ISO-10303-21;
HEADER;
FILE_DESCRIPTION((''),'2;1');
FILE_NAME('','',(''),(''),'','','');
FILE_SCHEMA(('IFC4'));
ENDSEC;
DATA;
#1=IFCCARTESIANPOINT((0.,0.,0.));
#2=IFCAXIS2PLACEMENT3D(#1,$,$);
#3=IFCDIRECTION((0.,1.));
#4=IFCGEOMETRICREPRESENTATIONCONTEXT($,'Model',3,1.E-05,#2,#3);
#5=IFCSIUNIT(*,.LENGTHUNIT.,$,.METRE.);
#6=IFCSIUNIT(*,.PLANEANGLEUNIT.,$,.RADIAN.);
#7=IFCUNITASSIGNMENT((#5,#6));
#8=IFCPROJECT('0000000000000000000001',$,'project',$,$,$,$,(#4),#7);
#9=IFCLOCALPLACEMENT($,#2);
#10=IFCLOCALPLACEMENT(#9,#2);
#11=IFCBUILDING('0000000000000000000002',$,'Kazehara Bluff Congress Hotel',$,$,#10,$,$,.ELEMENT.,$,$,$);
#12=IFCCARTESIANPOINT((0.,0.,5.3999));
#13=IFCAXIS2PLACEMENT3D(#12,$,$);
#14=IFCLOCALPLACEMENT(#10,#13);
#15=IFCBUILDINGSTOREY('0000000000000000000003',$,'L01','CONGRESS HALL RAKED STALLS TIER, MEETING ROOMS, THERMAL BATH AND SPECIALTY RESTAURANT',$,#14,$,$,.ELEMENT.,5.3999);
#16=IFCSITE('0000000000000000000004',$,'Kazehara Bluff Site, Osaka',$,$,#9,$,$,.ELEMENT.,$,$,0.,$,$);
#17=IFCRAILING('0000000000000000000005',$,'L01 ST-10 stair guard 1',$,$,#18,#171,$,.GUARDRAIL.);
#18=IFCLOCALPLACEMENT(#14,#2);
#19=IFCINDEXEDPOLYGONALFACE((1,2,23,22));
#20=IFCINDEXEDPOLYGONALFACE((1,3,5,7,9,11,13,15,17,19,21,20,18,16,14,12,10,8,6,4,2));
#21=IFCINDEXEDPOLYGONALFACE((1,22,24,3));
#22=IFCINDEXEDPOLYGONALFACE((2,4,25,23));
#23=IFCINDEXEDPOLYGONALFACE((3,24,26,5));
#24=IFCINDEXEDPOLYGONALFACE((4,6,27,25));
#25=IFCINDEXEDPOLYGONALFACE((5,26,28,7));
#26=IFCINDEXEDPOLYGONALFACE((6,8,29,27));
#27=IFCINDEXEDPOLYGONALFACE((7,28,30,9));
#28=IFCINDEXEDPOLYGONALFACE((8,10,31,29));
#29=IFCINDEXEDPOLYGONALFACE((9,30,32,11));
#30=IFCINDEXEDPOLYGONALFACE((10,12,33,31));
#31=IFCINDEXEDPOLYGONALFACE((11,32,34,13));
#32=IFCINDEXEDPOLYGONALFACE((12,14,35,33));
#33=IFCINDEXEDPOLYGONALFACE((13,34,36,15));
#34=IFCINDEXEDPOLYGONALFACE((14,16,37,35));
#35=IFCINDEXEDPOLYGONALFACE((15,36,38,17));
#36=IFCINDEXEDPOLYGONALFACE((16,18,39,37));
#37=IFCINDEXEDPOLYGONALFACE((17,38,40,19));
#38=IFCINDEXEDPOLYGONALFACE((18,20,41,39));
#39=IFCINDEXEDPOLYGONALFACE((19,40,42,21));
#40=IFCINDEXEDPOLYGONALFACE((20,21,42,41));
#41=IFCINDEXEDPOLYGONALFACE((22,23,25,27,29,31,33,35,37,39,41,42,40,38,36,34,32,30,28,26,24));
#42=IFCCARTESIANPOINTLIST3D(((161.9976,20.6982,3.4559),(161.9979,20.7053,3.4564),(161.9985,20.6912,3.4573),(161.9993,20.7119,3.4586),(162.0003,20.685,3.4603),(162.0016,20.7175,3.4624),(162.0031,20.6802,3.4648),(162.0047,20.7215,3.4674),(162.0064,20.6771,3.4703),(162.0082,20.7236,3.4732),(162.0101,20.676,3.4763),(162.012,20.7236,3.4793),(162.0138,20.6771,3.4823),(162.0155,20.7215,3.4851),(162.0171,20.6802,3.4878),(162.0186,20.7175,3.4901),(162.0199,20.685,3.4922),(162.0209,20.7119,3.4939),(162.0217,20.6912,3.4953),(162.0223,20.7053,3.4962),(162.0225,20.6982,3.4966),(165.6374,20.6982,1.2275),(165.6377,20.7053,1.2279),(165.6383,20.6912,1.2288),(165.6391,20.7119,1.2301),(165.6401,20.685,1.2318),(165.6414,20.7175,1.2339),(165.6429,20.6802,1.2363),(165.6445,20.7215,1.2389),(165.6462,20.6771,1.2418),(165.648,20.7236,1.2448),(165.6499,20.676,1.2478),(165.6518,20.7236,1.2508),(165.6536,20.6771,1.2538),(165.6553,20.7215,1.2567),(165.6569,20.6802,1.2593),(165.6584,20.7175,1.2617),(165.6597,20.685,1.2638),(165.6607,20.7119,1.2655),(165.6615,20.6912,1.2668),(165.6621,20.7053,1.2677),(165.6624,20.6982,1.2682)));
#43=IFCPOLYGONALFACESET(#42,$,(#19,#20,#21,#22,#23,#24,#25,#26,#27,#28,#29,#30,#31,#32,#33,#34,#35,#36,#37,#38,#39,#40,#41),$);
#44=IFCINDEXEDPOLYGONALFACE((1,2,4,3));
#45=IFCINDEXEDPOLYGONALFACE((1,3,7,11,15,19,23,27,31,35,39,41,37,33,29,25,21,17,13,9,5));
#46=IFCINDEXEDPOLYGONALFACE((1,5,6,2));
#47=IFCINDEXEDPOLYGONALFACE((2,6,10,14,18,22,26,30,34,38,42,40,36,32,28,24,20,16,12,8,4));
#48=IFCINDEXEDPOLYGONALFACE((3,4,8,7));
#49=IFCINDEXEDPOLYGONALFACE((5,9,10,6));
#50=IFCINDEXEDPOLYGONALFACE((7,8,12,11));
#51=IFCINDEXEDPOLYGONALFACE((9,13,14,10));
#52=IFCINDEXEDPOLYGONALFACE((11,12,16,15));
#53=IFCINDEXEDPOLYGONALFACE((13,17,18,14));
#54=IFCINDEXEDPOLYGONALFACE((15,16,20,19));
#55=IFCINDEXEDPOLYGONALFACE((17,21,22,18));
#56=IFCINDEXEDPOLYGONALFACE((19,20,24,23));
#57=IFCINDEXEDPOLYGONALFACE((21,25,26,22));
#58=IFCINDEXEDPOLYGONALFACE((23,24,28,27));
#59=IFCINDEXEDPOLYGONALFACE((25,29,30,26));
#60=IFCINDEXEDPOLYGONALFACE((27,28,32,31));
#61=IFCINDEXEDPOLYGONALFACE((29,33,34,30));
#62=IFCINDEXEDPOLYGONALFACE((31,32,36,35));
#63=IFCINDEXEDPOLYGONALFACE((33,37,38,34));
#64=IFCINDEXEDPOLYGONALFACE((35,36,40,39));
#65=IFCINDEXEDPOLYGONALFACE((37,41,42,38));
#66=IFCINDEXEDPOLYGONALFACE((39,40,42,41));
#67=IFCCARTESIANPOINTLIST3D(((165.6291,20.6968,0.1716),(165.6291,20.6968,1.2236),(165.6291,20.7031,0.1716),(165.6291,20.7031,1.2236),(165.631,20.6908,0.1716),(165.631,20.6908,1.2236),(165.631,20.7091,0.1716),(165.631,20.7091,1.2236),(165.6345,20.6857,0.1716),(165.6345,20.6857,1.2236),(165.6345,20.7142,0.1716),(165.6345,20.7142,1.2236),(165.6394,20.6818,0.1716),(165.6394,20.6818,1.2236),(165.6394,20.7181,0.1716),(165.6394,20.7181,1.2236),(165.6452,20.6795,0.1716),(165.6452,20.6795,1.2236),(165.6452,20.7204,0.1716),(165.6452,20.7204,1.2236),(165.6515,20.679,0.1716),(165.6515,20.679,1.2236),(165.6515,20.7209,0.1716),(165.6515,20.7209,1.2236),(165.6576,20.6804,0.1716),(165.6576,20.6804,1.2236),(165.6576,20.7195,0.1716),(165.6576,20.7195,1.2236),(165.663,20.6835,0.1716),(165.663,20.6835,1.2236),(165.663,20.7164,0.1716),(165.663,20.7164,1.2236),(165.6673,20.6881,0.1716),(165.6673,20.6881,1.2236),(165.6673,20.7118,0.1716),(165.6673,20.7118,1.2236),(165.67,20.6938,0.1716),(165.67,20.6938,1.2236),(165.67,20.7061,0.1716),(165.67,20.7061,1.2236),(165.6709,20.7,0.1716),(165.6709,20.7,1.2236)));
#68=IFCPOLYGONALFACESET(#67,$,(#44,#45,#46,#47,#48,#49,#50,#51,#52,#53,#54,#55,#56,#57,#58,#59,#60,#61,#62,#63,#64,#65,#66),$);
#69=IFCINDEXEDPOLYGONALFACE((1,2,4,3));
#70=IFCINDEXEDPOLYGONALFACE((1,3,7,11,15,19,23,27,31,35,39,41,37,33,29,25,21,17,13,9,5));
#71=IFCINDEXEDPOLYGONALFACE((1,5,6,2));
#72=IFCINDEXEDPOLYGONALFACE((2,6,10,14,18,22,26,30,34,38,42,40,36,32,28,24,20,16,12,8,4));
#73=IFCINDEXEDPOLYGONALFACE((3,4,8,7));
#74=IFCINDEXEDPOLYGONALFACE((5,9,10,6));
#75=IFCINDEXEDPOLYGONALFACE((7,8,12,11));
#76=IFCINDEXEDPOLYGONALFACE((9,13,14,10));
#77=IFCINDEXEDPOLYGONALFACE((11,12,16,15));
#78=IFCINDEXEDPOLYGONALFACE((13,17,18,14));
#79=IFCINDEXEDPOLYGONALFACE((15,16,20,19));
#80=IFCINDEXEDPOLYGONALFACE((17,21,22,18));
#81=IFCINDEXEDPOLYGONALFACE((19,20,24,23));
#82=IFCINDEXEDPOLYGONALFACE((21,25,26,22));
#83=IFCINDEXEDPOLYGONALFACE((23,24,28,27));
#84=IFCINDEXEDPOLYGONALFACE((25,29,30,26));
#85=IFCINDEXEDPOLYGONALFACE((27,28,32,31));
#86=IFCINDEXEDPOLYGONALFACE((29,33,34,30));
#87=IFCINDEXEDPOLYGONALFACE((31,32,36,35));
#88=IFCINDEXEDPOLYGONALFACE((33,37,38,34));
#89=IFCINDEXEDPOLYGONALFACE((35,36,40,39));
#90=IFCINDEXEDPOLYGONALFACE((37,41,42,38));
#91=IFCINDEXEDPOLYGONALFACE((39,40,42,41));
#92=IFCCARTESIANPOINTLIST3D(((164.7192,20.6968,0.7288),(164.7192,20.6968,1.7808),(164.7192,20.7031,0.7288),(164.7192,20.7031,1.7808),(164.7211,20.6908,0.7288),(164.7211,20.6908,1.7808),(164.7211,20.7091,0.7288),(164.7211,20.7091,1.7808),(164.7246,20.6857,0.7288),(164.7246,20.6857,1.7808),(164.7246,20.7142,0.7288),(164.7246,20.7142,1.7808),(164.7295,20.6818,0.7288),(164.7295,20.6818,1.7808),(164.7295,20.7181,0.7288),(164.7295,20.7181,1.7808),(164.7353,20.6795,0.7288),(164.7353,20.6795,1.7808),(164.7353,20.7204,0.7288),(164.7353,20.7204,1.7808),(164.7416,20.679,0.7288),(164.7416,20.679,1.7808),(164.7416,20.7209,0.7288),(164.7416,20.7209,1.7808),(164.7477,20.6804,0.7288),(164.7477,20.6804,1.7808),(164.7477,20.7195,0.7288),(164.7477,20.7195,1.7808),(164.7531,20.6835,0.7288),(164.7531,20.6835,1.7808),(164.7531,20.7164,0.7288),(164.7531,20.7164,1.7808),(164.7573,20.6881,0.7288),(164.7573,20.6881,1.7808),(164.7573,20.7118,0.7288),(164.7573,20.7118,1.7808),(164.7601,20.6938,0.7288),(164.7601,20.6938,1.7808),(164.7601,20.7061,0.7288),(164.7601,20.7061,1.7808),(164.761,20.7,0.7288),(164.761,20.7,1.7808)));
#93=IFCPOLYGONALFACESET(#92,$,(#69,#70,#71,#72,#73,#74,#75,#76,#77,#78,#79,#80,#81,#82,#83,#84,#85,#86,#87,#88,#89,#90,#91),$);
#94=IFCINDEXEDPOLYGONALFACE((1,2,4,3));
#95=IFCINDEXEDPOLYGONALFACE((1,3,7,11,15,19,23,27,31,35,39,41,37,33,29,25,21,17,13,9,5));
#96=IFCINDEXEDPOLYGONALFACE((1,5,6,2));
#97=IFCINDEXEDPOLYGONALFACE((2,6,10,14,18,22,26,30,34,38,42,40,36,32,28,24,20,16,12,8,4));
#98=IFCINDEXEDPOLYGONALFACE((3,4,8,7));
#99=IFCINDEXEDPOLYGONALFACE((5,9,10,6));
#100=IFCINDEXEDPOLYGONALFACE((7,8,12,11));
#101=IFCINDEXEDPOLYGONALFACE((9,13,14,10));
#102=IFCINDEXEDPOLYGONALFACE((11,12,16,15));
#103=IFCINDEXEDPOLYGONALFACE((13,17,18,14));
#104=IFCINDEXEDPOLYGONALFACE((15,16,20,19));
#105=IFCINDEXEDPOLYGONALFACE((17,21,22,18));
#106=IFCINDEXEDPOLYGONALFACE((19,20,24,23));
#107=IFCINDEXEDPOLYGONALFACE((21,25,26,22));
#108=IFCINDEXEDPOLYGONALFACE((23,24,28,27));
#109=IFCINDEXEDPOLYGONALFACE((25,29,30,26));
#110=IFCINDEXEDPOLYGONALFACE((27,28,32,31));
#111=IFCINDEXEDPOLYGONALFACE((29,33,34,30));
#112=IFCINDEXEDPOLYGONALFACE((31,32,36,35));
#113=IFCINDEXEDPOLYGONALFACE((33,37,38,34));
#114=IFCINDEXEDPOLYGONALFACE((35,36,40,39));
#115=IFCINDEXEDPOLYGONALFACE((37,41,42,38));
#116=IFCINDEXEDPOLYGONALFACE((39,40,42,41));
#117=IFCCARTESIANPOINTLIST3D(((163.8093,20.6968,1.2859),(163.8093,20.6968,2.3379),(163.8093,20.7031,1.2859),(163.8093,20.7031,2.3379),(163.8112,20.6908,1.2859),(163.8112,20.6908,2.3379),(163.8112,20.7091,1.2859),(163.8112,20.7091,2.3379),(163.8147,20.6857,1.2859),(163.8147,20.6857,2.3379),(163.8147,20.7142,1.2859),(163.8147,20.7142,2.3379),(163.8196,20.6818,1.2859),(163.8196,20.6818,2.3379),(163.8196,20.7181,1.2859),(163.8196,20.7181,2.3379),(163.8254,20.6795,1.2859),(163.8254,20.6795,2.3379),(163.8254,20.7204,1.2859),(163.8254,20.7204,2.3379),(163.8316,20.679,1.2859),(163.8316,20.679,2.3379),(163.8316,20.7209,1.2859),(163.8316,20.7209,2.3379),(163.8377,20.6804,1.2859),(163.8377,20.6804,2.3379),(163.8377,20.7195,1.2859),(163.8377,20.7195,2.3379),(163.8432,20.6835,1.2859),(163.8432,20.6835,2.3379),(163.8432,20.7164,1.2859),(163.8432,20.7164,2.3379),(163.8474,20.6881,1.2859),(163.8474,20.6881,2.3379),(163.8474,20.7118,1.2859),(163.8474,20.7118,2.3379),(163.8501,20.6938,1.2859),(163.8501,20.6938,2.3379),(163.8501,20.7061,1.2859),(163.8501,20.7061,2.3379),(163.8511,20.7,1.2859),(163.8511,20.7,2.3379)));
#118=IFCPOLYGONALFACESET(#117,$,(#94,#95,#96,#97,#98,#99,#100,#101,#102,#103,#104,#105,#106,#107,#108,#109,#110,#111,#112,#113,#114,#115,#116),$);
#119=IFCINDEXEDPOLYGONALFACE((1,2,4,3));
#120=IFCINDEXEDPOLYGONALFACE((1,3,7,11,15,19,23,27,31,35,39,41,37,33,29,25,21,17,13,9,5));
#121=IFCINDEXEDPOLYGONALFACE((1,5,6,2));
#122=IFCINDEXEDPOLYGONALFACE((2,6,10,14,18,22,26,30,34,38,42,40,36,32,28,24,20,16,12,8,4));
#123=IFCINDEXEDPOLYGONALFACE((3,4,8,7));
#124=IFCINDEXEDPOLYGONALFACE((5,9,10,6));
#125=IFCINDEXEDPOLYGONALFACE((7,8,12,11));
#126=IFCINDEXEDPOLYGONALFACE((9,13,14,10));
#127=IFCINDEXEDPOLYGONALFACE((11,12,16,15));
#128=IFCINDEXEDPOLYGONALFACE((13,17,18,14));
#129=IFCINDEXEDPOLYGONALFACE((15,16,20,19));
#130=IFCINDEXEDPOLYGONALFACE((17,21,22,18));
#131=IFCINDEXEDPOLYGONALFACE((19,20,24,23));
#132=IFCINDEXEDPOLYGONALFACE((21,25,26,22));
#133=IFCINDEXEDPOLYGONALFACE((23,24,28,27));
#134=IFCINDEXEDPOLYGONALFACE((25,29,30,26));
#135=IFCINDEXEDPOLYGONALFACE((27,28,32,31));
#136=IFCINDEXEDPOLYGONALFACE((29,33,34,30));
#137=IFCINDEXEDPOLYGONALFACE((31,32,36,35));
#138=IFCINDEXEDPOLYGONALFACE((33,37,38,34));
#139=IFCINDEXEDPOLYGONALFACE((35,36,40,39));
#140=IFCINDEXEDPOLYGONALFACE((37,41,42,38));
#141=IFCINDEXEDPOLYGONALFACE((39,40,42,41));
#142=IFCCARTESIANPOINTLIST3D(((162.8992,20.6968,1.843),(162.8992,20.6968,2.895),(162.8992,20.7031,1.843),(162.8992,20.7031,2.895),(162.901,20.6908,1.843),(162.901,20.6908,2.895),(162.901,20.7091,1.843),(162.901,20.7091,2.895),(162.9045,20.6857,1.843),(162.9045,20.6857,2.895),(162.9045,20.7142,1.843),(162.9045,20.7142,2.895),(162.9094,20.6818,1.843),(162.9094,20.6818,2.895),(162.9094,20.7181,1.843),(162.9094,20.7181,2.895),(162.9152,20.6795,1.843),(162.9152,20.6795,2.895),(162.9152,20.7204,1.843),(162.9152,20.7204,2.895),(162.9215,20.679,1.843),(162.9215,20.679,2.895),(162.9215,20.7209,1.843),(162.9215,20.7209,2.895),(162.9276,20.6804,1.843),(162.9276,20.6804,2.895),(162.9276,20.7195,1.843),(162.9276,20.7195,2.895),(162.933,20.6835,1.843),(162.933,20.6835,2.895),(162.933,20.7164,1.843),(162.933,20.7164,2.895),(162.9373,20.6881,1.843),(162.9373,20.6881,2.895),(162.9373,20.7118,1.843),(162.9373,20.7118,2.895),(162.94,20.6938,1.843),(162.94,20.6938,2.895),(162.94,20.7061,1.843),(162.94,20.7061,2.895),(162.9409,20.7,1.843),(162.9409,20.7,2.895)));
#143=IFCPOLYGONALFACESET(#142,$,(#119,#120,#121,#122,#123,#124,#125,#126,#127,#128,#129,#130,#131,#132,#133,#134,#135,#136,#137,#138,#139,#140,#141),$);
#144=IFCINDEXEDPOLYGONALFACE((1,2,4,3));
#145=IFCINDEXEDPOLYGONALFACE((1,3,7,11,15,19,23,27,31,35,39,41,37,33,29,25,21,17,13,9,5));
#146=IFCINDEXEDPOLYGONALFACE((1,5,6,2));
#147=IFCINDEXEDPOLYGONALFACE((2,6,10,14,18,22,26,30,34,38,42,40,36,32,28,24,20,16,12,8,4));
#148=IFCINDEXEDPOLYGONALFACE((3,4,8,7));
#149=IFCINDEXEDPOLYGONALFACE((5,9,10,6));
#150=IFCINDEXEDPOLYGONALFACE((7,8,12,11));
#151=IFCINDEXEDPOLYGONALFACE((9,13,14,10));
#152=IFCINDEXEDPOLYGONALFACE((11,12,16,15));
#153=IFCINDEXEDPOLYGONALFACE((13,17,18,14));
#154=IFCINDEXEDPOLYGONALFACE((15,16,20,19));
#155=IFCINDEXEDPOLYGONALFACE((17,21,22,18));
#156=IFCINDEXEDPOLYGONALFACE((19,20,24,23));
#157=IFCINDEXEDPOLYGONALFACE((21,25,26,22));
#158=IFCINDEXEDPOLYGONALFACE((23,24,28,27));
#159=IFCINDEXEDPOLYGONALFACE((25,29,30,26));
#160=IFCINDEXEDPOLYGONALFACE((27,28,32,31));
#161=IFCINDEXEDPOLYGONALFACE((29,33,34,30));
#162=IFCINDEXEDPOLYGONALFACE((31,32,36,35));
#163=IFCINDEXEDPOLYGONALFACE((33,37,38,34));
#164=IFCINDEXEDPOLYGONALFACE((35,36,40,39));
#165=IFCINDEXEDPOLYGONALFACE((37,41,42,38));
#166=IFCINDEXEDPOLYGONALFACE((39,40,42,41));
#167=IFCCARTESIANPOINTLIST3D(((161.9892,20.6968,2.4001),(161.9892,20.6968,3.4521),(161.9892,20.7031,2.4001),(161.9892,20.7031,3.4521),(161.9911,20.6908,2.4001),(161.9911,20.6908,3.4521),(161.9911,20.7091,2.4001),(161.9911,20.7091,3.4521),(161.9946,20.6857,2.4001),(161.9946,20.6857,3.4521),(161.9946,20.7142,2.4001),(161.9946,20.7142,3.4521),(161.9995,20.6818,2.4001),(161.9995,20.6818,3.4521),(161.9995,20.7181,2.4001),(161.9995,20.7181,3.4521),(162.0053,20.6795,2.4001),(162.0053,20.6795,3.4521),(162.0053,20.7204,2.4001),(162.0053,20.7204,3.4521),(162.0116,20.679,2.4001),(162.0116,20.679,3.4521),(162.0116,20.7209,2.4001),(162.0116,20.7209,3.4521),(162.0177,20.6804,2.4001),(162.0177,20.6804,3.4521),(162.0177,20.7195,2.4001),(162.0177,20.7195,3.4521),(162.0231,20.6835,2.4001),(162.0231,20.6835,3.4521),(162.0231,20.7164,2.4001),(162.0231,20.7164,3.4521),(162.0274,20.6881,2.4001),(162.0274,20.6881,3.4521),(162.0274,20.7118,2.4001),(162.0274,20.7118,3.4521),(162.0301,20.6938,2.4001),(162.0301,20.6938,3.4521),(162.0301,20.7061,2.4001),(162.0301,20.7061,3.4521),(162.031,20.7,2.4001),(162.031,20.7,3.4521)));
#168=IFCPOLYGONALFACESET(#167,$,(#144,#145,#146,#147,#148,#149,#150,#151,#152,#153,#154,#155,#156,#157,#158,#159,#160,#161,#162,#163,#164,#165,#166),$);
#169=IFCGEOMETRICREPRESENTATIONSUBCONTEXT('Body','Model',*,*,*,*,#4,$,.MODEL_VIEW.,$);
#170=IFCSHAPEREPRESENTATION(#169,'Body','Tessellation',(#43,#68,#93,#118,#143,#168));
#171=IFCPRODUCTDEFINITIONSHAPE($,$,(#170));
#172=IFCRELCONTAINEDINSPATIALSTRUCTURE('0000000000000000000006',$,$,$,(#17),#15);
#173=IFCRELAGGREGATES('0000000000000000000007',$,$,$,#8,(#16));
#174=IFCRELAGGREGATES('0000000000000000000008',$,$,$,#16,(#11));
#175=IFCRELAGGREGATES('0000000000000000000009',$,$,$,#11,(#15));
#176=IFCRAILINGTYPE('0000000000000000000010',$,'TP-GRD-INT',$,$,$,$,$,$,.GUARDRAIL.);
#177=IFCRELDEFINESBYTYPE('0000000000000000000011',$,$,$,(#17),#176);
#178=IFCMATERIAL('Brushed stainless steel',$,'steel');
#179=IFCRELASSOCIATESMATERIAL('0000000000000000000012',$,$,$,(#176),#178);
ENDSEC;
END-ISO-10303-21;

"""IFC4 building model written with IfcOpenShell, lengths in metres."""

from ifc_helpers import new_model, si_unit, direction, frame, origin, origin_2d, place, context, subcontext, project, spatial, circle, extrude, material, type_object, element, save


model = new_model("IFC4")

# Units and contexts
model_context = context("Model", 3, precision=1e-05, world=origin(), true_north=direction((0.0, 1.0)))
body_context = subcontext(model_context, "Body", "Model", "MODEL_VIEW")
ifc_project = project(units=[si_unit("LENGTHUNIT", "METRE"), si_unit("PLANEANGLEUNIT", "RADIAN")], contexts=[model_context])

# Site, building, storey
site_placement = place(None, origin())
site = spatial("IfcSite", under=ifc_project, at=site_placement, Name="Kazehara Bluff Site, Osaka", CompositionType="ELEMENT", RefElevation=0.0)
building_placement = place(site_placement, origin())
building = spatial("IfcBuilding", under=site, at=building_placement, Name="Kazehara Bluff Congress Hotel", CompositionType="ELEMENT")
storey_placement = place(building_placement, frame((0.0, 0.0, 5.3999)))
storey = spatial("IfcBuildingStorey", under=building, at=storey_placement, Name="L01", Description="CONGRESS HALL RAKED STALLS TIER, MEETING ROOMS, THERMAL BATH AND SPECIALTY RESTAURANT", CompositionType="ELEMENT", Elevation=5.3999)

# Railing
ifc_material_1 = material(Name="Brushed stainless steel", Category="steel")
railing_type_1 = type_object("IfcRailingType", Name="TP-GRD-INT", PredefinedType="GUARDRAIL", material=ifc_material_1)
railing_1_placement = place(storey_placement, frame((165.6499, 20.7, 0.1716)))
element("IfcRailing", 1, at=railing_1_placement, inside=storey, type_object=railing_type_1, Name="L01 ST-10 stair guard 1", PredefinedType="GUARDRAIL", context=body_context, shape_type="SweptSolid", body=[
    extrude(circle(Radius=0.0239, at=origin_2d()), frame((0.0, 0.0, 1.0762), z_axis=(-0.85285, 0.0, 0.522156), x_axis=(0.0, -1.0, 0.0)), (0.0, 0.0, 1.0), 4.2678),
    extrude(circle(Radius=0.021, at=origin_2d()), origin(), (0.0, 0.0, 1.0), 1.052),
    extrude(circle(Radius=0.021, at=origin_2d()), frame((-0.9099, 0.0, 0.5571)), (0.0, 0.0, 1.0), 1.052),
    extrude(circle(Radius=0.021, at=origin_2d()), frame((-1.8198, 0.0, 1.1143)), (0.0, 0.0, 1.0), 1.052),
    extrude(circle(Radius=0.021, at=origin_2d()), frame((-2.73, 0.0, 1.6714)), (0.0, 0.0, 1.0), 1.052),
    extrude(circle(Radius=0.021, at=origin_2d()), frame((-3.6399, 0.0, 2.2285)), (0.0, 0.0, 1.0), 1.052),
])

save(model, "model.ifc")
